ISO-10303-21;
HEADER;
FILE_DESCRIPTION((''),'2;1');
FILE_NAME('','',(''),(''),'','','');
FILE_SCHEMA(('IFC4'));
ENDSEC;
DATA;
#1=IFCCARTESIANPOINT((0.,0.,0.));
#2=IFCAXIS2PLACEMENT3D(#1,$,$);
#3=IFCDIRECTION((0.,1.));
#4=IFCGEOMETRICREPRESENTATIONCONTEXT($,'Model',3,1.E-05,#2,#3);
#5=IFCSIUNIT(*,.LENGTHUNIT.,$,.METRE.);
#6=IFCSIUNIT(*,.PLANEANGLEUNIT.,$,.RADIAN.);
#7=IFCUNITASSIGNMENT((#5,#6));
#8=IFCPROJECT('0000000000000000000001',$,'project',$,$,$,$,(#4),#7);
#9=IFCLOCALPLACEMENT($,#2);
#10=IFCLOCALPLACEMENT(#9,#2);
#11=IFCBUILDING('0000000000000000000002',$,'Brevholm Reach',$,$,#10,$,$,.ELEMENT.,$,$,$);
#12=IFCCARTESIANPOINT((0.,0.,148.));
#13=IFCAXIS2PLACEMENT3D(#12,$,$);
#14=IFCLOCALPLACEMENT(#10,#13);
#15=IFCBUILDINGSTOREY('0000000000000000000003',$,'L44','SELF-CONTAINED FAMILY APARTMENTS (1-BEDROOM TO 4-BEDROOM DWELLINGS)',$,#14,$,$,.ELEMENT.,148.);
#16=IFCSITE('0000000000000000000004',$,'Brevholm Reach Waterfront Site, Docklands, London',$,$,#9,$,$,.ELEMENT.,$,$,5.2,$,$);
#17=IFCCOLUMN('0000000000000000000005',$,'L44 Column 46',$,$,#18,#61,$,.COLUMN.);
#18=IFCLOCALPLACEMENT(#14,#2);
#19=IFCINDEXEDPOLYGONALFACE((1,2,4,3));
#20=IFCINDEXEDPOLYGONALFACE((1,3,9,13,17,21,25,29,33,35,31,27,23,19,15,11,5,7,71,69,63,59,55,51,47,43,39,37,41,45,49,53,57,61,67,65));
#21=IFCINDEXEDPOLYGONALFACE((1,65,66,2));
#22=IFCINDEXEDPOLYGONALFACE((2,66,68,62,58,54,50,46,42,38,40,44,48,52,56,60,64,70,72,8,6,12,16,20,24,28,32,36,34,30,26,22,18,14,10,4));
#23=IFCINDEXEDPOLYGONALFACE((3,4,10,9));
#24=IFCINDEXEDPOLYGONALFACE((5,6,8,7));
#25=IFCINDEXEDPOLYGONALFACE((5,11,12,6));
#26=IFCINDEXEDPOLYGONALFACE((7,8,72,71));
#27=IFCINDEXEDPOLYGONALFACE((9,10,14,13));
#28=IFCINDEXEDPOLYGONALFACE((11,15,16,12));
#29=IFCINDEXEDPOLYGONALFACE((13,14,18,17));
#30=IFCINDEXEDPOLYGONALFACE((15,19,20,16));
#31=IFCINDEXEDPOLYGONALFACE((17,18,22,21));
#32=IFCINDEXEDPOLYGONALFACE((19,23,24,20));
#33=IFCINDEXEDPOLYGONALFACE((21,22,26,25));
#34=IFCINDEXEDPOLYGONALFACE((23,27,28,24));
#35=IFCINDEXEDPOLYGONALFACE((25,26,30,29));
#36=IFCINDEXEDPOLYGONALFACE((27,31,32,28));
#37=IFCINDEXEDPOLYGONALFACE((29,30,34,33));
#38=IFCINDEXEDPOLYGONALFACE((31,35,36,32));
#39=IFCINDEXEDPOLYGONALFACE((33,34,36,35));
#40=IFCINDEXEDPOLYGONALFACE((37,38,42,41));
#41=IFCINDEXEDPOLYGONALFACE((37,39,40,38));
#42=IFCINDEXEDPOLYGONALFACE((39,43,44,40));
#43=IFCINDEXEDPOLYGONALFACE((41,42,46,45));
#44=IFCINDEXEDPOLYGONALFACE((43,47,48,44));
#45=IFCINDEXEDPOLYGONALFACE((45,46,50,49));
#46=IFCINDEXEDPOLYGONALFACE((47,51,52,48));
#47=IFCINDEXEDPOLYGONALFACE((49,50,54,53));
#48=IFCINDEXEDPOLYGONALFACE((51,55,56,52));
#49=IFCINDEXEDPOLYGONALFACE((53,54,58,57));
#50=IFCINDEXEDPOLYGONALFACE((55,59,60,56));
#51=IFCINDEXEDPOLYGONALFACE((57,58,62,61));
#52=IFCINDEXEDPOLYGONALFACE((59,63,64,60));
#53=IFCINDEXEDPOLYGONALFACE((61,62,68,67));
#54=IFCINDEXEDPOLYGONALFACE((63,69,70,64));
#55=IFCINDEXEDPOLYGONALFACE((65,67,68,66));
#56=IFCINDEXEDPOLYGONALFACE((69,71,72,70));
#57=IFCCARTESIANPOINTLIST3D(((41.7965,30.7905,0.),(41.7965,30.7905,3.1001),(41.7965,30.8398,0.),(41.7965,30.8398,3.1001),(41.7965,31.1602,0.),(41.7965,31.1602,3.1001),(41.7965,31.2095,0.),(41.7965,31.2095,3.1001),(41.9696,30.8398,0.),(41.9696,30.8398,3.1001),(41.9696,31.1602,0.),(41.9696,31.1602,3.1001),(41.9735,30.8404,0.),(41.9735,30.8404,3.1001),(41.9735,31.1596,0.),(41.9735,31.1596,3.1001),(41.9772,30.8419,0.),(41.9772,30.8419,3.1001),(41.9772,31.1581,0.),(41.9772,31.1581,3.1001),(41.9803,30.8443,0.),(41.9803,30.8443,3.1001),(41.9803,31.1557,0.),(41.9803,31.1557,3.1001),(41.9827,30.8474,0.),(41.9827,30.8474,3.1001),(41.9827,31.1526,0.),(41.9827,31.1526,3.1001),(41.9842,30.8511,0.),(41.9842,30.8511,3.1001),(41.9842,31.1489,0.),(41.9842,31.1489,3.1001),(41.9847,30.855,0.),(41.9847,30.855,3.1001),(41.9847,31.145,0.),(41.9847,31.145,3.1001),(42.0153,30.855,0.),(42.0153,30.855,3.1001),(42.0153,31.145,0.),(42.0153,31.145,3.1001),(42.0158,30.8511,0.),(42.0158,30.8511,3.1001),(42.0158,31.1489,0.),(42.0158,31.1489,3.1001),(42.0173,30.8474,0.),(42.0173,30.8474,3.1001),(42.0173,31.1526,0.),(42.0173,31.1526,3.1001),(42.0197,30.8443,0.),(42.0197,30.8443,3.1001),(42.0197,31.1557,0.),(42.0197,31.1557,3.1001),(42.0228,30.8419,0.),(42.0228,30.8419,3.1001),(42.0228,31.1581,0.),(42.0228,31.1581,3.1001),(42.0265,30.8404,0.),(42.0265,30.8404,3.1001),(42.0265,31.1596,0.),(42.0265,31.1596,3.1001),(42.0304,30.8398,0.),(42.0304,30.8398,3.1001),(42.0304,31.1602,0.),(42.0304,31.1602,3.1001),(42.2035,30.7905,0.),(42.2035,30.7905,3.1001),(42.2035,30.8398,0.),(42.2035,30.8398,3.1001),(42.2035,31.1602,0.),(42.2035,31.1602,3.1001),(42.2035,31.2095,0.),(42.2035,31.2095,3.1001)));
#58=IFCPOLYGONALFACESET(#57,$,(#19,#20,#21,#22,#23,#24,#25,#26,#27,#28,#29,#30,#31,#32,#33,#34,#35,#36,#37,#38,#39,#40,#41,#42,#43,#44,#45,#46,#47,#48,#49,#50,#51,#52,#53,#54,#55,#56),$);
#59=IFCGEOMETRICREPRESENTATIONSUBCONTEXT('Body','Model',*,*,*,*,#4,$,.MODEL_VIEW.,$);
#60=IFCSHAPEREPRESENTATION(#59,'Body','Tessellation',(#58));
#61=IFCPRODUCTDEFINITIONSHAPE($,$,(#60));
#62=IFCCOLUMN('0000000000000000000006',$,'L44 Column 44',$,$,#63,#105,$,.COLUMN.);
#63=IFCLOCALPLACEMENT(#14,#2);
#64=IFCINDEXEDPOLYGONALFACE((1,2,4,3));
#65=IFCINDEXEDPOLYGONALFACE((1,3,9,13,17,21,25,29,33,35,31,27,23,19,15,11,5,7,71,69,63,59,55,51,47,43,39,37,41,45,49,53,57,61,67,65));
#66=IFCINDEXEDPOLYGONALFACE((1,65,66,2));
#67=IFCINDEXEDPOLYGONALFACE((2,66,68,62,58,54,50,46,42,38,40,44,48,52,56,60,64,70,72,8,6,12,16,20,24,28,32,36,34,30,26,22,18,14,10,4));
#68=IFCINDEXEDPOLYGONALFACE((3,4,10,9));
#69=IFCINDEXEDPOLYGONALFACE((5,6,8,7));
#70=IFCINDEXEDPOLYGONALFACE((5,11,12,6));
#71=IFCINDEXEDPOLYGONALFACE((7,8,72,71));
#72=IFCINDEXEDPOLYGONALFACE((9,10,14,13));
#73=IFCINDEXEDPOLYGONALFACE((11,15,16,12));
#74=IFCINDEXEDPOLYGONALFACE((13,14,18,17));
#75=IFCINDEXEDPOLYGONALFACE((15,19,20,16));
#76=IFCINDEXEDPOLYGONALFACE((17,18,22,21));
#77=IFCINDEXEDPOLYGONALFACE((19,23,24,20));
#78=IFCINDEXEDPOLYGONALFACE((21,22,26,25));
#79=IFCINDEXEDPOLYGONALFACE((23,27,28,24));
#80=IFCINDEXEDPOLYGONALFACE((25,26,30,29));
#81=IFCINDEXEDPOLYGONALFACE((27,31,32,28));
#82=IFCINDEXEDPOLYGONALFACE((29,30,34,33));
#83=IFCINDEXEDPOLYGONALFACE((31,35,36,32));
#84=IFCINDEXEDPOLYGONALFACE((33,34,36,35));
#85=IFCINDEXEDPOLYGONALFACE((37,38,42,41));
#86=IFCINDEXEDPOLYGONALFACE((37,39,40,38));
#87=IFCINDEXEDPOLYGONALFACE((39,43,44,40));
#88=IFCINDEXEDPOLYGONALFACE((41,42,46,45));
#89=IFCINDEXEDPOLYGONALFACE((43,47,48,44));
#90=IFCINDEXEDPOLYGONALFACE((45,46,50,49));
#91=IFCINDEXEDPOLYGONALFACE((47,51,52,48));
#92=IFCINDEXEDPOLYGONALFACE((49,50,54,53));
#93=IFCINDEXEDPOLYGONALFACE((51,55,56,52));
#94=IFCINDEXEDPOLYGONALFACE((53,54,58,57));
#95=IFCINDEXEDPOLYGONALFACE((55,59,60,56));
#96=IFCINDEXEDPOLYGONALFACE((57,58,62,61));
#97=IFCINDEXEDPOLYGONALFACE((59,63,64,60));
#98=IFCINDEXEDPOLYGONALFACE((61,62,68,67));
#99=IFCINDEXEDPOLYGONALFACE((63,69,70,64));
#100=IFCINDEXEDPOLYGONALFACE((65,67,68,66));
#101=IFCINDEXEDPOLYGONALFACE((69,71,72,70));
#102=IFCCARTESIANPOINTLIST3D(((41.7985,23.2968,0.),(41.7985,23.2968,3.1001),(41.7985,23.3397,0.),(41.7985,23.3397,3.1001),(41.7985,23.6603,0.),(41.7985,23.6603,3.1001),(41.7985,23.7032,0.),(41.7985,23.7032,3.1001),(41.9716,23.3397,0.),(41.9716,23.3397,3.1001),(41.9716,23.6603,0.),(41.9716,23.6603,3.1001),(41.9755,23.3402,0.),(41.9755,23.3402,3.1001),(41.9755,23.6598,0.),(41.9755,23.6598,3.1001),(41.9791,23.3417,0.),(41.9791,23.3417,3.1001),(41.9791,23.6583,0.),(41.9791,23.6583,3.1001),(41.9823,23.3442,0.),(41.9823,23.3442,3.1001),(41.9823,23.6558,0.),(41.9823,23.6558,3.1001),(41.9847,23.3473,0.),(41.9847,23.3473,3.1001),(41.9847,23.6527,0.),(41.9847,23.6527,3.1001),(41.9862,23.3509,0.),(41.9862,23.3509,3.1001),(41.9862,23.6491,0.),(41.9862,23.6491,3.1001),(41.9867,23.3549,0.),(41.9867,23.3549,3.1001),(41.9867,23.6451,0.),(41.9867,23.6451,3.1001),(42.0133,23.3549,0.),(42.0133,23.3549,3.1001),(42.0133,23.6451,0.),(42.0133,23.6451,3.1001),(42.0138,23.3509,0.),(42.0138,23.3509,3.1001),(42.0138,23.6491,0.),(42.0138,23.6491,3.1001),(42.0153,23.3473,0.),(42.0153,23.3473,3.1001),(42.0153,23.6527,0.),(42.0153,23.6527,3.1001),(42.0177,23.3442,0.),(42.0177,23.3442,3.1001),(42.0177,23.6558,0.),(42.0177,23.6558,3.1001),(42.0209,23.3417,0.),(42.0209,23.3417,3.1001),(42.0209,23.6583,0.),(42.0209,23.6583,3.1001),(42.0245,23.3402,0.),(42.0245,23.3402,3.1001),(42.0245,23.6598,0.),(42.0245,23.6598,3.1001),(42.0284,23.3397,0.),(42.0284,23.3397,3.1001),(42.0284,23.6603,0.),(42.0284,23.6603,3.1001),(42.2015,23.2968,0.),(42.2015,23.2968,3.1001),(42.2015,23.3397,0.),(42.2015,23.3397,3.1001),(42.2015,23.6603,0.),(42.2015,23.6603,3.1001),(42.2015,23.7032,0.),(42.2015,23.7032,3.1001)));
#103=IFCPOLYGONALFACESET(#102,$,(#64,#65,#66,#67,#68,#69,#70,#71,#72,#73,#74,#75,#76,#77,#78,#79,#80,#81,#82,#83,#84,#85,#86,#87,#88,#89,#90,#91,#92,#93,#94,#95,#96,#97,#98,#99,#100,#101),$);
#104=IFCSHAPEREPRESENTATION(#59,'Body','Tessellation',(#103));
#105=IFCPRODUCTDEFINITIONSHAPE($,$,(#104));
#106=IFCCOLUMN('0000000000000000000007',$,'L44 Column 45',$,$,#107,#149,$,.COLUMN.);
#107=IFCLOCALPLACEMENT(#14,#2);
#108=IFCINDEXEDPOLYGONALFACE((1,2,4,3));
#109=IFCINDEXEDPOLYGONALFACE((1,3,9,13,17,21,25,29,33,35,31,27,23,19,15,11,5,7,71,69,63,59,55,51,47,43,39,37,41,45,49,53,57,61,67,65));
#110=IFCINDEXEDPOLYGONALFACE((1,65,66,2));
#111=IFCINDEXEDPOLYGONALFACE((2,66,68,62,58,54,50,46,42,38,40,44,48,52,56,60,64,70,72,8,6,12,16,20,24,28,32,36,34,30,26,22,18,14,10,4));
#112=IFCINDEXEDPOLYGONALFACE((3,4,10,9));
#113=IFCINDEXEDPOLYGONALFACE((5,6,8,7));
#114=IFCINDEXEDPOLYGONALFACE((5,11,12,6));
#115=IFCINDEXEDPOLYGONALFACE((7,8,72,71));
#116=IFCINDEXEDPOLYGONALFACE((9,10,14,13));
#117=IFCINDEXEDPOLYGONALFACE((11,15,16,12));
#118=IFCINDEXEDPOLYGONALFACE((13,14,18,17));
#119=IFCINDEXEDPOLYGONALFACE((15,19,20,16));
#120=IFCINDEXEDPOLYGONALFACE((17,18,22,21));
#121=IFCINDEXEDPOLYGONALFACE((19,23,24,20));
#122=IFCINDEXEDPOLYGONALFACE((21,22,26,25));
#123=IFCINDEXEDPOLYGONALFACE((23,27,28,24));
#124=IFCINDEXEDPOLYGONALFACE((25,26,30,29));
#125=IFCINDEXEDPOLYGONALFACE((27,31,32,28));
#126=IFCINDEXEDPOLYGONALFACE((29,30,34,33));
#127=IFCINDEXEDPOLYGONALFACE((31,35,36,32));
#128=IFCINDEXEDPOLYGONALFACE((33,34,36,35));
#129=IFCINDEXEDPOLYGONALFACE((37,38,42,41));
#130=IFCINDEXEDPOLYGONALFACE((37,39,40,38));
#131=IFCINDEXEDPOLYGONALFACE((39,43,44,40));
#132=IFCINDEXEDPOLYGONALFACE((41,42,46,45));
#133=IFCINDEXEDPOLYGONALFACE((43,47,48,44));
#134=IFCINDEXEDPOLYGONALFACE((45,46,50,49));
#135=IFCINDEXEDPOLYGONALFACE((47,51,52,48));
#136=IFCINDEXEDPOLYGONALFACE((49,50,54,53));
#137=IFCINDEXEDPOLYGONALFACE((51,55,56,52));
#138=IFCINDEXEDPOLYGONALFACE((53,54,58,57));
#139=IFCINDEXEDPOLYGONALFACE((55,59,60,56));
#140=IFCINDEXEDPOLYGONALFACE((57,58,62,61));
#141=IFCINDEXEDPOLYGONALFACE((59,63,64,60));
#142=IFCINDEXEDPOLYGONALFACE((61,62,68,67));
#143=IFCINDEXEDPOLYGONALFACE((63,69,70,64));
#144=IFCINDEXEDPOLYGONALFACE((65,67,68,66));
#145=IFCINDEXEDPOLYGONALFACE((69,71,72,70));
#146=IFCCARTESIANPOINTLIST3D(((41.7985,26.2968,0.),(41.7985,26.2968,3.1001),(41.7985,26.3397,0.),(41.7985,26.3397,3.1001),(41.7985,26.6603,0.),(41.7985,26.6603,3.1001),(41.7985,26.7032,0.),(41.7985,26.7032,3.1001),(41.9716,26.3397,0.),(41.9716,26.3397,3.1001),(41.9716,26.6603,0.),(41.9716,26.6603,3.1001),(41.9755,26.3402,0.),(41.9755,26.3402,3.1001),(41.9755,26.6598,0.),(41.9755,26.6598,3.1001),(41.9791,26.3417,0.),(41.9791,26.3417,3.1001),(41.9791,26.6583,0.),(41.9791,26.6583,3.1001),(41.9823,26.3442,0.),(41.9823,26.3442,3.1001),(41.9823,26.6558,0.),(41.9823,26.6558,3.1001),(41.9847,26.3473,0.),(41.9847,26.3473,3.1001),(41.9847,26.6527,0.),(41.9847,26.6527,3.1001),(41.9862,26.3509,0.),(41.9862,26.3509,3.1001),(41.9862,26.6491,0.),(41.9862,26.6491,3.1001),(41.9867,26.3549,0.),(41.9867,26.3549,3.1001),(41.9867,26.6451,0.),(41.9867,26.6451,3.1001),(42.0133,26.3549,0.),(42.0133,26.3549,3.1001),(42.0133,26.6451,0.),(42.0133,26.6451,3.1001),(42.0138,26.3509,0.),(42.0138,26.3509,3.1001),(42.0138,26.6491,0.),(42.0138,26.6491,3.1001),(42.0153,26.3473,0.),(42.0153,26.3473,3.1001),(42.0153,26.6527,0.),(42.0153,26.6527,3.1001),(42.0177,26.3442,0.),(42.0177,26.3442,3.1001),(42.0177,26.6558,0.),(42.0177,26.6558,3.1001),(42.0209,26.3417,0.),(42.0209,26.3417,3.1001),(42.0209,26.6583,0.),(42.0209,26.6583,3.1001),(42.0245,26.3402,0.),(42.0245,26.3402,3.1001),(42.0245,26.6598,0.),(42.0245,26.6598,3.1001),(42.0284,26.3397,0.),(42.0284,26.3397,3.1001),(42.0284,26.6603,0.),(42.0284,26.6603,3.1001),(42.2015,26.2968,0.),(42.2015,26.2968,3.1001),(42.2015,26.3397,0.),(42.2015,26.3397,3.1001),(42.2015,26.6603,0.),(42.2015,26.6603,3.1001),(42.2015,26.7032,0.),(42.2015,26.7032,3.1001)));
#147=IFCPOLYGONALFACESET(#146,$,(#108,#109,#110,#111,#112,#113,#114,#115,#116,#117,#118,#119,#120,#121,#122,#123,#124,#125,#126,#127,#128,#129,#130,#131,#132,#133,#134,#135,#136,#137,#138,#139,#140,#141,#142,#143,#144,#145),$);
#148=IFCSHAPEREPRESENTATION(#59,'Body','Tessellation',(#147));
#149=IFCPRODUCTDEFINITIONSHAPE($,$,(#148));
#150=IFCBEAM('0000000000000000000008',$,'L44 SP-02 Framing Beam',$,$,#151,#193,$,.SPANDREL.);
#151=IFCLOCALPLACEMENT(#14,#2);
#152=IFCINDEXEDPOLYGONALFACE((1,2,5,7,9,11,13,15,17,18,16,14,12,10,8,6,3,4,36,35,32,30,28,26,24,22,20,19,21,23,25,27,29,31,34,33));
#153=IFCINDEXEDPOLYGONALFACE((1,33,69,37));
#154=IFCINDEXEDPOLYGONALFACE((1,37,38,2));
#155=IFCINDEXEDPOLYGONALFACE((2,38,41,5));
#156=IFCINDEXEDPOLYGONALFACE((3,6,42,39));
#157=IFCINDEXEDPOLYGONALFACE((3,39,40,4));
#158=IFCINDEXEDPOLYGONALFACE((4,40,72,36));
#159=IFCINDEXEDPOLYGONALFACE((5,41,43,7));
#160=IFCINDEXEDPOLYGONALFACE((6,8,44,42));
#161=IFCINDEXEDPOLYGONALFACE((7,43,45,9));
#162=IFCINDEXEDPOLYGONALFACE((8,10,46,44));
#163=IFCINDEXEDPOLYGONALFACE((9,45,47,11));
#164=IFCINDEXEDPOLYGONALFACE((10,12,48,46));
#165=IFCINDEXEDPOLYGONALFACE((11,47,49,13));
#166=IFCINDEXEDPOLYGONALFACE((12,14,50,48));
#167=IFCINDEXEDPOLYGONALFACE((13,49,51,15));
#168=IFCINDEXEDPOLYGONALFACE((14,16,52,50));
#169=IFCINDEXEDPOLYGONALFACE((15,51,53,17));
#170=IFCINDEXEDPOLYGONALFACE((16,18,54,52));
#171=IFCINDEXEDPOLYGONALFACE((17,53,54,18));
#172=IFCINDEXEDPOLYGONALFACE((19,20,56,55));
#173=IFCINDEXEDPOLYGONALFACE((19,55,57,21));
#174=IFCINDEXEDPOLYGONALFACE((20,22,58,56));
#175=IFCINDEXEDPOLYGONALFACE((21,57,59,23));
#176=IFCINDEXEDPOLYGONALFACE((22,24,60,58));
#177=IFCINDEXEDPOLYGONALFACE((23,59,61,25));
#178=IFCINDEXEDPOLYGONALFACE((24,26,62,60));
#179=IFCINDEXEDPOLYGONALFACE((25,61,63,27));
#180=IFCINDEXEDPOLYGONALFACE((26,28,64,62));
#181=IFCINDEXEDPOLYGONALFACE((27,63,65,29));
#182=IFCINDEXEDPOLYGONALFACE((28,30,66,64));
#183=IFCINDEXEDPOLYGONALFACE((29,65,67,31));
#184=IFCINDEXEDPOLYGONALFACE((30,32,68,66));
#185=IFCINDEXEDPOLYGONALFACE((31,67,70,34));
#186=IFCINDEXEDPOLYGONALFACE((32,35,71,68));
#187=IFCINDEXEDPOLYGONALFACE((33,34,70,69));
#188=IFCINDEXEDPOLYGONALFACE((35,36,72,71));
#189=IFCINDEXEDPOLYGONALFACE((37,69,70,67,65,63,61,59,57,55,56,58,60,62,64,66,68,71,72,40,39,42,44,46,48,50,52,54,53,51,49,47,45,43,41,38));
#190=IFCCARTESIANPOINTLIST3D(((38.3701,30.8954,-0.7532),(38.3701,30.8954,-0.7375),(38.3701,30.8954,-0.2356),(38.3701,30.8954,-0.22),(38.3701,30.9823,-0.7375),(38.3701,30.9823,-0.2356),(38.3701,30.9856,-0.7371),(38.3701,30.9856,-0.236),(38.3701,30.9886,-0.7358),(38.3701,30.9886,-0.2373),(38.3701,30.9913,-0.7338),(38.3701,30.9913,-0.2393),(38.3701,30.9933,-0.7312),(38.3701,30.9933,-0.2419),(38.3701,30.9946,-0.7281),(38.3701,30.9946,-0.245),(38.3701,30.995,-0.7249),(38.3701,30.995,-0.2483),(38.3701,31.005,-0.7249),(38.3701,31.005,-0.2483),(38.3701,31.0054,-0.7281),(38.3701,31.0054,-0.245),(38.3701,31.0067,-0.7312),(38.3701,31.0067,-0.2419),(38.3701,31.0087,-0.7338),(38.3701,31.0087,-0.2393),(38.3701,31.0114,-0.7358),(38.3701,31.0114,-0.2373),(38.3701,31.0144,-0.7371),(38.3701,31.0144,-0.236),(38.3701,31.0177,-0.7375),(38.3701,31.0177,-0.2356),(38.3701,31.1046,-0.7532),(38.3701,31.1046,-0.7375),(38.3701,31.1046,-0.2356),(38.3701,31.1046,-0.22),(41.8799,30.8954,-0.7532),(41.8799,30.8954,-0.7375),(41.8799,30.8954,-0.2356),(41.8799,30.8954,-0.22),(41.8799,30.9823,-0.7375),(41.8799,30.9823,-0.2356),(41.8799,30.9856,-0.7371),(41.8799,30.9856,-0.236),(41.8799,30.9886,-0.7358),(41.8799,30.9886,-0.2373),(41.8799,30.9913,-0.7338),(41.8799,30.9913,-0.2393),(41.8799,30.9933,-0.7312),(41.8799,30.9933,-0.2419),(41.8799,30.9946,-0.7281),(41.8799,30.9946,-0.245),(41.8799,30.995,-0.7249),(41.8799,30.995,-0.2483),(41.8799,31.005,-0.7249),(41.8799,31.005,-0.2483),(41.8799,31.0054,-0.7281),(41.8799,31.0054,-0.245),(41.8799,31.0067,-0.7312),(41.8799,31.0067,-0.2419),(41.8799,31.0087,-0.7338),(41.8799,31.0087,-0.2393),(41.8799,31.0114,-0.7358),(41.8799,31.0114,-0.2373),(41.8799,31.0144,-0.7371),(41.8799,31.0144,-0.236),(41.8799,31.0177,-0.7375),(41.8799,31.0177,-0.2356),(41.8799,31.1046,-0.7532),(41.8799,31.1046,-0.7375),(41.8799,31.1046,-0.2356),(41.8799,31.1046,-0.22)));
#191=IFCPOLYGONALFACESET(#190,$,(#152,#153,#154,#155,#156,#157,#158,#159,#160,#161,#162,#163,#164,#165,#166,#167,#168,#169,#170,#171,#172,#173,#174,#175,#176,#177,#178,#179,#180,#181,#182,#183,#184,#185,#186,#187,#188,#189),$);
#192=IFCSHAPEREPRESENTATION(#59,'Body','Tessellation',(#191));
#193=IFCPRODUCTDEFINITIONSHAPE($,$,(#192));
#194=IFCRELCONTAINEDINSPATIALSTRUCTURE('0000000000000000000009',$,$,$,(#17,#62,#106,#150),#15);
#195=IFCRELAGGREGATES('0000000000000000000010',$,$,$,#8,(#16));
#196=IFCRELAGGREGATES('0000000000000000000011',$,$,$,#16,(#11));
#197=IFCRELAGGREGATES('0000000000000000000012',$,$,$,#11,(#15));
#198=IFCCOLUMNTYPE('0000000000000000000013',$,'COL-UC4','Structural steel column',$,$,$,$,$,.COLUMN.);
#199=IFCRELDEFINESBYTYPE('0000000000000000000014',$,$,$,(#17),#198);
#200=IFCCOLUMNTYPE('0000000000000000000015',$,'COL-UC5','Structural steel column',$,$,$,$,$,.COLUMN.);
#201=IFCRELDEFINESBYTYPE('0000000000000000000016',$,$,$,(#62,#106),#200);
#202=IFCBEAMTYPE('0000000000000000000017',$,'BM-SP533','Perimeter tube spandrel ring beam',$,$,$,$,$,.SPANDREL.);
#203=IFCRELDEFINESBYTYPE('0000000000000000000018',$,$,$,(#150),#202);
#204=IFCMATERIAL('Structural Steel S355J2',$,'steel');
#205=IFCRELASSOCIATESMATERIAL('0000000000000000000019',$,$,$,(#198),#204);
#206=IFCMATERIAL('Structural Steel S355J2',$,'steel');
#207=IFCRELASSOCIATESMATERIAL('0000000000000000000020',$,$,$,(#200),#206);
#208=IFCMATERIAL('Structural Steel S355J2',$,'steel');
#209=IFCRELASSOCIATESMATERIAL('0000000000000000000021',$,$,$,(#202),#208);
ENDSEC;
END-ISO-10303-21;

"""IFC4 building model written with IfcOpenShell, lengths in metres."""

from ifc_helpers import new_model, si_unit, direction, frame, origin, origin_2d, place, context, subcontext, project, spatial, i_section, extrude, material, material_profile, profile_set, type_object, element, save


model = new_model("IFC4")

# Units and contexts
model_context = context("Model", 3, precision=1e-05, world=origin(), true_north=direction((0.0, 1.0)))
body_context = subcontext(model_context, "Body", "Model", "MODEL_VIEW")
ifc_project = project(units=[si_unit("LENGTHUNIT", "METRE"), si_unit("PLANEANGLEUNIT", "RADIAN")], contexts=[model_context])

# Site, building, storey
site_placement = place(None, origin())
site = spatial("IfcSite", under=ifc_project, at=site_placement, Name="Brevholm Reach Waterfront Site, Docklands, London", CompositionType="ELEMENT", RefElevation=5.2)
building_placement = place(site_placement, origin())
building = spatial("IfcBuilding", under=site, at=building_placement, Name="Brevholm Reach", CompositionType="ELEMENT")
storey_placement = place(building_placement, frame((0.0, 0.0, 148.0)))
storey = spatial("IfcBuildingStorey", under=building, at=storey_placement, Name="L44", Description="SELF-CONTAINED FAMILY APARTMENTS (1-BEDROOM TO 4-BEDROOM DWELLINGS)", CompositionType="ELEMENT", Elevation=148.0)

# Columns
ifc_material_1 = material(Name="Structural Steel S355J2", Category="steel")
ifc_material_profile_1 = material_profile(ifc_material_1, i_section(OverallWidth=0.407, OverallDepth=0.4189, WebThickness=0.0305, FlangeThickness=0.0493, FilletRadius=0.0151, at=origin_2d()), Name="UKC 356x406x393")
ifc_profile_set_1 = profile_set([ifc_material_profile_1], Name="Structural Steel S355J2")
column_type_1 = type_object("IfcColumnType", Name="COL-UC4", Description="Structural steel column", PredefinedType="COLUMN", material=ifc_profile_set_1)
column_placement = place(storey_placement, frame((42.0, 31.0, 0.0), z_axis=(0.0, 0.0, 1.0), x_axis=(1.0, 0.0, 0.0)))
element("IfcColumn", 1, at=column_placement, inside=storey, type_object=column_type_1, Name="L44 Column 46", PredefinedType="COLUMN", context=body_context, shape_type="SweptSolid", body=[
    extrude(i_section(OverallWidth=0.407, OverallDepth=0.4189, WebThickness=0.0305, FlangeThickness=0.0493, FilletRadius=0.0151, at=origin_2d()), origin(), (0.0, 0.0, 1.0), 3.1001),
])
ifc_material_2 = material(Name="Structural Steel S355J2", Category="steel")
ifc_material_profile_2 = material_profile(ifc_material_2, i_section(OverallWidth=0.4031, OverallDepth=0.4065, WebThickness=0.0266, FlangeThickness=0.043, FilletRadius=0.0151, at=origin_2d()), Name="UKC 356x406x340")
ifc_profile_set_2 = profile_set([ifc_material_profile_2], Name="Structural Steel S355J2")
column_type_2 = type_object("IfcColumnType", Name="COL-UC5", Description="Structural steel column", PredefinedType="COLUMN", material=ifc_profile_set_2)
for number, where, z_axis, x_axis, name in (
    (2, (42.0, 23.5, 0.0), (0.0, 0.0, 1.0), (1.0, 0.0, 0.0), "L44 Column 44"),
    (3, (42.0, 26.5, 0.0), (0.0, 0.0, 1.0), (1.0, 0.0, 0.0), "L44 Column 45"),
):
    element("IfcColumn", number, at=place(storey_placement, frame(where, z_axis=z_axis, x_axis=x_axis)), inside=storey, type_object=column_type_2, Name=name, PredefinedType="COLUMN", context=body_context, shape_type="SweptSolid", body=[
        extrude(i_section(OverallWidth=0.4031, OverallDepth=0.4065, WebThickness=0.0266, FlangeThickness=0.043, FilletRadius=0.0151, at=origin_2d()), origin(), (0.0, 0.0, 1.0), 3.1001),
    ])

# Beam
ifc_material_3 = material(Name="Structural Steel S355J2", Category="steel")
ifc_material_profile_3 = material_profile(ifc_material_3, i_section(OverallWidth=0.2092, OverallDepth=0.5332, WebThickness=0.01, FlangeThickness=0.0156, FilletRadius=0.0127, at=origin_2d()), Name="UKB 533x210x92")
ifc_profile_set_3 = profile_set([ifc_material_profile_3], Name="Structural Steel S355J2")
beam_type_1 = type_object("IfcBeamType", Name="BM-SP533", Description="Perimeter tube spandrel ring beam", PredefinedType="SPANDREL", material=ifc_profile_set_3)
beam_1_placement = place(storey_placement, frame((38.3701, 31.0, -0.4866), z_axis=(1.0, 0.0, 0.0), x_axis=(0.0, 1.0, 0.0)))
element("IfcBeam", 4, at=beam_1_placement, inside=storey, type_object=beam_type_1, Name="L44 SP-02 Framing Beam", PredefinedType="SPANDREL", context=body_context, shape_type="SweptSolid", body=[
    extrude(i_section(OverallWidth=0.2092, OverallDepth=0.5332, WebThickness=0.01, FlangeThickness=0.0156, FilletRadius=0.0127, at=origin_2d()), origin(), (0.0, 0.0, 1.0), 3.5098),
])

save(model, "model.ifc")
